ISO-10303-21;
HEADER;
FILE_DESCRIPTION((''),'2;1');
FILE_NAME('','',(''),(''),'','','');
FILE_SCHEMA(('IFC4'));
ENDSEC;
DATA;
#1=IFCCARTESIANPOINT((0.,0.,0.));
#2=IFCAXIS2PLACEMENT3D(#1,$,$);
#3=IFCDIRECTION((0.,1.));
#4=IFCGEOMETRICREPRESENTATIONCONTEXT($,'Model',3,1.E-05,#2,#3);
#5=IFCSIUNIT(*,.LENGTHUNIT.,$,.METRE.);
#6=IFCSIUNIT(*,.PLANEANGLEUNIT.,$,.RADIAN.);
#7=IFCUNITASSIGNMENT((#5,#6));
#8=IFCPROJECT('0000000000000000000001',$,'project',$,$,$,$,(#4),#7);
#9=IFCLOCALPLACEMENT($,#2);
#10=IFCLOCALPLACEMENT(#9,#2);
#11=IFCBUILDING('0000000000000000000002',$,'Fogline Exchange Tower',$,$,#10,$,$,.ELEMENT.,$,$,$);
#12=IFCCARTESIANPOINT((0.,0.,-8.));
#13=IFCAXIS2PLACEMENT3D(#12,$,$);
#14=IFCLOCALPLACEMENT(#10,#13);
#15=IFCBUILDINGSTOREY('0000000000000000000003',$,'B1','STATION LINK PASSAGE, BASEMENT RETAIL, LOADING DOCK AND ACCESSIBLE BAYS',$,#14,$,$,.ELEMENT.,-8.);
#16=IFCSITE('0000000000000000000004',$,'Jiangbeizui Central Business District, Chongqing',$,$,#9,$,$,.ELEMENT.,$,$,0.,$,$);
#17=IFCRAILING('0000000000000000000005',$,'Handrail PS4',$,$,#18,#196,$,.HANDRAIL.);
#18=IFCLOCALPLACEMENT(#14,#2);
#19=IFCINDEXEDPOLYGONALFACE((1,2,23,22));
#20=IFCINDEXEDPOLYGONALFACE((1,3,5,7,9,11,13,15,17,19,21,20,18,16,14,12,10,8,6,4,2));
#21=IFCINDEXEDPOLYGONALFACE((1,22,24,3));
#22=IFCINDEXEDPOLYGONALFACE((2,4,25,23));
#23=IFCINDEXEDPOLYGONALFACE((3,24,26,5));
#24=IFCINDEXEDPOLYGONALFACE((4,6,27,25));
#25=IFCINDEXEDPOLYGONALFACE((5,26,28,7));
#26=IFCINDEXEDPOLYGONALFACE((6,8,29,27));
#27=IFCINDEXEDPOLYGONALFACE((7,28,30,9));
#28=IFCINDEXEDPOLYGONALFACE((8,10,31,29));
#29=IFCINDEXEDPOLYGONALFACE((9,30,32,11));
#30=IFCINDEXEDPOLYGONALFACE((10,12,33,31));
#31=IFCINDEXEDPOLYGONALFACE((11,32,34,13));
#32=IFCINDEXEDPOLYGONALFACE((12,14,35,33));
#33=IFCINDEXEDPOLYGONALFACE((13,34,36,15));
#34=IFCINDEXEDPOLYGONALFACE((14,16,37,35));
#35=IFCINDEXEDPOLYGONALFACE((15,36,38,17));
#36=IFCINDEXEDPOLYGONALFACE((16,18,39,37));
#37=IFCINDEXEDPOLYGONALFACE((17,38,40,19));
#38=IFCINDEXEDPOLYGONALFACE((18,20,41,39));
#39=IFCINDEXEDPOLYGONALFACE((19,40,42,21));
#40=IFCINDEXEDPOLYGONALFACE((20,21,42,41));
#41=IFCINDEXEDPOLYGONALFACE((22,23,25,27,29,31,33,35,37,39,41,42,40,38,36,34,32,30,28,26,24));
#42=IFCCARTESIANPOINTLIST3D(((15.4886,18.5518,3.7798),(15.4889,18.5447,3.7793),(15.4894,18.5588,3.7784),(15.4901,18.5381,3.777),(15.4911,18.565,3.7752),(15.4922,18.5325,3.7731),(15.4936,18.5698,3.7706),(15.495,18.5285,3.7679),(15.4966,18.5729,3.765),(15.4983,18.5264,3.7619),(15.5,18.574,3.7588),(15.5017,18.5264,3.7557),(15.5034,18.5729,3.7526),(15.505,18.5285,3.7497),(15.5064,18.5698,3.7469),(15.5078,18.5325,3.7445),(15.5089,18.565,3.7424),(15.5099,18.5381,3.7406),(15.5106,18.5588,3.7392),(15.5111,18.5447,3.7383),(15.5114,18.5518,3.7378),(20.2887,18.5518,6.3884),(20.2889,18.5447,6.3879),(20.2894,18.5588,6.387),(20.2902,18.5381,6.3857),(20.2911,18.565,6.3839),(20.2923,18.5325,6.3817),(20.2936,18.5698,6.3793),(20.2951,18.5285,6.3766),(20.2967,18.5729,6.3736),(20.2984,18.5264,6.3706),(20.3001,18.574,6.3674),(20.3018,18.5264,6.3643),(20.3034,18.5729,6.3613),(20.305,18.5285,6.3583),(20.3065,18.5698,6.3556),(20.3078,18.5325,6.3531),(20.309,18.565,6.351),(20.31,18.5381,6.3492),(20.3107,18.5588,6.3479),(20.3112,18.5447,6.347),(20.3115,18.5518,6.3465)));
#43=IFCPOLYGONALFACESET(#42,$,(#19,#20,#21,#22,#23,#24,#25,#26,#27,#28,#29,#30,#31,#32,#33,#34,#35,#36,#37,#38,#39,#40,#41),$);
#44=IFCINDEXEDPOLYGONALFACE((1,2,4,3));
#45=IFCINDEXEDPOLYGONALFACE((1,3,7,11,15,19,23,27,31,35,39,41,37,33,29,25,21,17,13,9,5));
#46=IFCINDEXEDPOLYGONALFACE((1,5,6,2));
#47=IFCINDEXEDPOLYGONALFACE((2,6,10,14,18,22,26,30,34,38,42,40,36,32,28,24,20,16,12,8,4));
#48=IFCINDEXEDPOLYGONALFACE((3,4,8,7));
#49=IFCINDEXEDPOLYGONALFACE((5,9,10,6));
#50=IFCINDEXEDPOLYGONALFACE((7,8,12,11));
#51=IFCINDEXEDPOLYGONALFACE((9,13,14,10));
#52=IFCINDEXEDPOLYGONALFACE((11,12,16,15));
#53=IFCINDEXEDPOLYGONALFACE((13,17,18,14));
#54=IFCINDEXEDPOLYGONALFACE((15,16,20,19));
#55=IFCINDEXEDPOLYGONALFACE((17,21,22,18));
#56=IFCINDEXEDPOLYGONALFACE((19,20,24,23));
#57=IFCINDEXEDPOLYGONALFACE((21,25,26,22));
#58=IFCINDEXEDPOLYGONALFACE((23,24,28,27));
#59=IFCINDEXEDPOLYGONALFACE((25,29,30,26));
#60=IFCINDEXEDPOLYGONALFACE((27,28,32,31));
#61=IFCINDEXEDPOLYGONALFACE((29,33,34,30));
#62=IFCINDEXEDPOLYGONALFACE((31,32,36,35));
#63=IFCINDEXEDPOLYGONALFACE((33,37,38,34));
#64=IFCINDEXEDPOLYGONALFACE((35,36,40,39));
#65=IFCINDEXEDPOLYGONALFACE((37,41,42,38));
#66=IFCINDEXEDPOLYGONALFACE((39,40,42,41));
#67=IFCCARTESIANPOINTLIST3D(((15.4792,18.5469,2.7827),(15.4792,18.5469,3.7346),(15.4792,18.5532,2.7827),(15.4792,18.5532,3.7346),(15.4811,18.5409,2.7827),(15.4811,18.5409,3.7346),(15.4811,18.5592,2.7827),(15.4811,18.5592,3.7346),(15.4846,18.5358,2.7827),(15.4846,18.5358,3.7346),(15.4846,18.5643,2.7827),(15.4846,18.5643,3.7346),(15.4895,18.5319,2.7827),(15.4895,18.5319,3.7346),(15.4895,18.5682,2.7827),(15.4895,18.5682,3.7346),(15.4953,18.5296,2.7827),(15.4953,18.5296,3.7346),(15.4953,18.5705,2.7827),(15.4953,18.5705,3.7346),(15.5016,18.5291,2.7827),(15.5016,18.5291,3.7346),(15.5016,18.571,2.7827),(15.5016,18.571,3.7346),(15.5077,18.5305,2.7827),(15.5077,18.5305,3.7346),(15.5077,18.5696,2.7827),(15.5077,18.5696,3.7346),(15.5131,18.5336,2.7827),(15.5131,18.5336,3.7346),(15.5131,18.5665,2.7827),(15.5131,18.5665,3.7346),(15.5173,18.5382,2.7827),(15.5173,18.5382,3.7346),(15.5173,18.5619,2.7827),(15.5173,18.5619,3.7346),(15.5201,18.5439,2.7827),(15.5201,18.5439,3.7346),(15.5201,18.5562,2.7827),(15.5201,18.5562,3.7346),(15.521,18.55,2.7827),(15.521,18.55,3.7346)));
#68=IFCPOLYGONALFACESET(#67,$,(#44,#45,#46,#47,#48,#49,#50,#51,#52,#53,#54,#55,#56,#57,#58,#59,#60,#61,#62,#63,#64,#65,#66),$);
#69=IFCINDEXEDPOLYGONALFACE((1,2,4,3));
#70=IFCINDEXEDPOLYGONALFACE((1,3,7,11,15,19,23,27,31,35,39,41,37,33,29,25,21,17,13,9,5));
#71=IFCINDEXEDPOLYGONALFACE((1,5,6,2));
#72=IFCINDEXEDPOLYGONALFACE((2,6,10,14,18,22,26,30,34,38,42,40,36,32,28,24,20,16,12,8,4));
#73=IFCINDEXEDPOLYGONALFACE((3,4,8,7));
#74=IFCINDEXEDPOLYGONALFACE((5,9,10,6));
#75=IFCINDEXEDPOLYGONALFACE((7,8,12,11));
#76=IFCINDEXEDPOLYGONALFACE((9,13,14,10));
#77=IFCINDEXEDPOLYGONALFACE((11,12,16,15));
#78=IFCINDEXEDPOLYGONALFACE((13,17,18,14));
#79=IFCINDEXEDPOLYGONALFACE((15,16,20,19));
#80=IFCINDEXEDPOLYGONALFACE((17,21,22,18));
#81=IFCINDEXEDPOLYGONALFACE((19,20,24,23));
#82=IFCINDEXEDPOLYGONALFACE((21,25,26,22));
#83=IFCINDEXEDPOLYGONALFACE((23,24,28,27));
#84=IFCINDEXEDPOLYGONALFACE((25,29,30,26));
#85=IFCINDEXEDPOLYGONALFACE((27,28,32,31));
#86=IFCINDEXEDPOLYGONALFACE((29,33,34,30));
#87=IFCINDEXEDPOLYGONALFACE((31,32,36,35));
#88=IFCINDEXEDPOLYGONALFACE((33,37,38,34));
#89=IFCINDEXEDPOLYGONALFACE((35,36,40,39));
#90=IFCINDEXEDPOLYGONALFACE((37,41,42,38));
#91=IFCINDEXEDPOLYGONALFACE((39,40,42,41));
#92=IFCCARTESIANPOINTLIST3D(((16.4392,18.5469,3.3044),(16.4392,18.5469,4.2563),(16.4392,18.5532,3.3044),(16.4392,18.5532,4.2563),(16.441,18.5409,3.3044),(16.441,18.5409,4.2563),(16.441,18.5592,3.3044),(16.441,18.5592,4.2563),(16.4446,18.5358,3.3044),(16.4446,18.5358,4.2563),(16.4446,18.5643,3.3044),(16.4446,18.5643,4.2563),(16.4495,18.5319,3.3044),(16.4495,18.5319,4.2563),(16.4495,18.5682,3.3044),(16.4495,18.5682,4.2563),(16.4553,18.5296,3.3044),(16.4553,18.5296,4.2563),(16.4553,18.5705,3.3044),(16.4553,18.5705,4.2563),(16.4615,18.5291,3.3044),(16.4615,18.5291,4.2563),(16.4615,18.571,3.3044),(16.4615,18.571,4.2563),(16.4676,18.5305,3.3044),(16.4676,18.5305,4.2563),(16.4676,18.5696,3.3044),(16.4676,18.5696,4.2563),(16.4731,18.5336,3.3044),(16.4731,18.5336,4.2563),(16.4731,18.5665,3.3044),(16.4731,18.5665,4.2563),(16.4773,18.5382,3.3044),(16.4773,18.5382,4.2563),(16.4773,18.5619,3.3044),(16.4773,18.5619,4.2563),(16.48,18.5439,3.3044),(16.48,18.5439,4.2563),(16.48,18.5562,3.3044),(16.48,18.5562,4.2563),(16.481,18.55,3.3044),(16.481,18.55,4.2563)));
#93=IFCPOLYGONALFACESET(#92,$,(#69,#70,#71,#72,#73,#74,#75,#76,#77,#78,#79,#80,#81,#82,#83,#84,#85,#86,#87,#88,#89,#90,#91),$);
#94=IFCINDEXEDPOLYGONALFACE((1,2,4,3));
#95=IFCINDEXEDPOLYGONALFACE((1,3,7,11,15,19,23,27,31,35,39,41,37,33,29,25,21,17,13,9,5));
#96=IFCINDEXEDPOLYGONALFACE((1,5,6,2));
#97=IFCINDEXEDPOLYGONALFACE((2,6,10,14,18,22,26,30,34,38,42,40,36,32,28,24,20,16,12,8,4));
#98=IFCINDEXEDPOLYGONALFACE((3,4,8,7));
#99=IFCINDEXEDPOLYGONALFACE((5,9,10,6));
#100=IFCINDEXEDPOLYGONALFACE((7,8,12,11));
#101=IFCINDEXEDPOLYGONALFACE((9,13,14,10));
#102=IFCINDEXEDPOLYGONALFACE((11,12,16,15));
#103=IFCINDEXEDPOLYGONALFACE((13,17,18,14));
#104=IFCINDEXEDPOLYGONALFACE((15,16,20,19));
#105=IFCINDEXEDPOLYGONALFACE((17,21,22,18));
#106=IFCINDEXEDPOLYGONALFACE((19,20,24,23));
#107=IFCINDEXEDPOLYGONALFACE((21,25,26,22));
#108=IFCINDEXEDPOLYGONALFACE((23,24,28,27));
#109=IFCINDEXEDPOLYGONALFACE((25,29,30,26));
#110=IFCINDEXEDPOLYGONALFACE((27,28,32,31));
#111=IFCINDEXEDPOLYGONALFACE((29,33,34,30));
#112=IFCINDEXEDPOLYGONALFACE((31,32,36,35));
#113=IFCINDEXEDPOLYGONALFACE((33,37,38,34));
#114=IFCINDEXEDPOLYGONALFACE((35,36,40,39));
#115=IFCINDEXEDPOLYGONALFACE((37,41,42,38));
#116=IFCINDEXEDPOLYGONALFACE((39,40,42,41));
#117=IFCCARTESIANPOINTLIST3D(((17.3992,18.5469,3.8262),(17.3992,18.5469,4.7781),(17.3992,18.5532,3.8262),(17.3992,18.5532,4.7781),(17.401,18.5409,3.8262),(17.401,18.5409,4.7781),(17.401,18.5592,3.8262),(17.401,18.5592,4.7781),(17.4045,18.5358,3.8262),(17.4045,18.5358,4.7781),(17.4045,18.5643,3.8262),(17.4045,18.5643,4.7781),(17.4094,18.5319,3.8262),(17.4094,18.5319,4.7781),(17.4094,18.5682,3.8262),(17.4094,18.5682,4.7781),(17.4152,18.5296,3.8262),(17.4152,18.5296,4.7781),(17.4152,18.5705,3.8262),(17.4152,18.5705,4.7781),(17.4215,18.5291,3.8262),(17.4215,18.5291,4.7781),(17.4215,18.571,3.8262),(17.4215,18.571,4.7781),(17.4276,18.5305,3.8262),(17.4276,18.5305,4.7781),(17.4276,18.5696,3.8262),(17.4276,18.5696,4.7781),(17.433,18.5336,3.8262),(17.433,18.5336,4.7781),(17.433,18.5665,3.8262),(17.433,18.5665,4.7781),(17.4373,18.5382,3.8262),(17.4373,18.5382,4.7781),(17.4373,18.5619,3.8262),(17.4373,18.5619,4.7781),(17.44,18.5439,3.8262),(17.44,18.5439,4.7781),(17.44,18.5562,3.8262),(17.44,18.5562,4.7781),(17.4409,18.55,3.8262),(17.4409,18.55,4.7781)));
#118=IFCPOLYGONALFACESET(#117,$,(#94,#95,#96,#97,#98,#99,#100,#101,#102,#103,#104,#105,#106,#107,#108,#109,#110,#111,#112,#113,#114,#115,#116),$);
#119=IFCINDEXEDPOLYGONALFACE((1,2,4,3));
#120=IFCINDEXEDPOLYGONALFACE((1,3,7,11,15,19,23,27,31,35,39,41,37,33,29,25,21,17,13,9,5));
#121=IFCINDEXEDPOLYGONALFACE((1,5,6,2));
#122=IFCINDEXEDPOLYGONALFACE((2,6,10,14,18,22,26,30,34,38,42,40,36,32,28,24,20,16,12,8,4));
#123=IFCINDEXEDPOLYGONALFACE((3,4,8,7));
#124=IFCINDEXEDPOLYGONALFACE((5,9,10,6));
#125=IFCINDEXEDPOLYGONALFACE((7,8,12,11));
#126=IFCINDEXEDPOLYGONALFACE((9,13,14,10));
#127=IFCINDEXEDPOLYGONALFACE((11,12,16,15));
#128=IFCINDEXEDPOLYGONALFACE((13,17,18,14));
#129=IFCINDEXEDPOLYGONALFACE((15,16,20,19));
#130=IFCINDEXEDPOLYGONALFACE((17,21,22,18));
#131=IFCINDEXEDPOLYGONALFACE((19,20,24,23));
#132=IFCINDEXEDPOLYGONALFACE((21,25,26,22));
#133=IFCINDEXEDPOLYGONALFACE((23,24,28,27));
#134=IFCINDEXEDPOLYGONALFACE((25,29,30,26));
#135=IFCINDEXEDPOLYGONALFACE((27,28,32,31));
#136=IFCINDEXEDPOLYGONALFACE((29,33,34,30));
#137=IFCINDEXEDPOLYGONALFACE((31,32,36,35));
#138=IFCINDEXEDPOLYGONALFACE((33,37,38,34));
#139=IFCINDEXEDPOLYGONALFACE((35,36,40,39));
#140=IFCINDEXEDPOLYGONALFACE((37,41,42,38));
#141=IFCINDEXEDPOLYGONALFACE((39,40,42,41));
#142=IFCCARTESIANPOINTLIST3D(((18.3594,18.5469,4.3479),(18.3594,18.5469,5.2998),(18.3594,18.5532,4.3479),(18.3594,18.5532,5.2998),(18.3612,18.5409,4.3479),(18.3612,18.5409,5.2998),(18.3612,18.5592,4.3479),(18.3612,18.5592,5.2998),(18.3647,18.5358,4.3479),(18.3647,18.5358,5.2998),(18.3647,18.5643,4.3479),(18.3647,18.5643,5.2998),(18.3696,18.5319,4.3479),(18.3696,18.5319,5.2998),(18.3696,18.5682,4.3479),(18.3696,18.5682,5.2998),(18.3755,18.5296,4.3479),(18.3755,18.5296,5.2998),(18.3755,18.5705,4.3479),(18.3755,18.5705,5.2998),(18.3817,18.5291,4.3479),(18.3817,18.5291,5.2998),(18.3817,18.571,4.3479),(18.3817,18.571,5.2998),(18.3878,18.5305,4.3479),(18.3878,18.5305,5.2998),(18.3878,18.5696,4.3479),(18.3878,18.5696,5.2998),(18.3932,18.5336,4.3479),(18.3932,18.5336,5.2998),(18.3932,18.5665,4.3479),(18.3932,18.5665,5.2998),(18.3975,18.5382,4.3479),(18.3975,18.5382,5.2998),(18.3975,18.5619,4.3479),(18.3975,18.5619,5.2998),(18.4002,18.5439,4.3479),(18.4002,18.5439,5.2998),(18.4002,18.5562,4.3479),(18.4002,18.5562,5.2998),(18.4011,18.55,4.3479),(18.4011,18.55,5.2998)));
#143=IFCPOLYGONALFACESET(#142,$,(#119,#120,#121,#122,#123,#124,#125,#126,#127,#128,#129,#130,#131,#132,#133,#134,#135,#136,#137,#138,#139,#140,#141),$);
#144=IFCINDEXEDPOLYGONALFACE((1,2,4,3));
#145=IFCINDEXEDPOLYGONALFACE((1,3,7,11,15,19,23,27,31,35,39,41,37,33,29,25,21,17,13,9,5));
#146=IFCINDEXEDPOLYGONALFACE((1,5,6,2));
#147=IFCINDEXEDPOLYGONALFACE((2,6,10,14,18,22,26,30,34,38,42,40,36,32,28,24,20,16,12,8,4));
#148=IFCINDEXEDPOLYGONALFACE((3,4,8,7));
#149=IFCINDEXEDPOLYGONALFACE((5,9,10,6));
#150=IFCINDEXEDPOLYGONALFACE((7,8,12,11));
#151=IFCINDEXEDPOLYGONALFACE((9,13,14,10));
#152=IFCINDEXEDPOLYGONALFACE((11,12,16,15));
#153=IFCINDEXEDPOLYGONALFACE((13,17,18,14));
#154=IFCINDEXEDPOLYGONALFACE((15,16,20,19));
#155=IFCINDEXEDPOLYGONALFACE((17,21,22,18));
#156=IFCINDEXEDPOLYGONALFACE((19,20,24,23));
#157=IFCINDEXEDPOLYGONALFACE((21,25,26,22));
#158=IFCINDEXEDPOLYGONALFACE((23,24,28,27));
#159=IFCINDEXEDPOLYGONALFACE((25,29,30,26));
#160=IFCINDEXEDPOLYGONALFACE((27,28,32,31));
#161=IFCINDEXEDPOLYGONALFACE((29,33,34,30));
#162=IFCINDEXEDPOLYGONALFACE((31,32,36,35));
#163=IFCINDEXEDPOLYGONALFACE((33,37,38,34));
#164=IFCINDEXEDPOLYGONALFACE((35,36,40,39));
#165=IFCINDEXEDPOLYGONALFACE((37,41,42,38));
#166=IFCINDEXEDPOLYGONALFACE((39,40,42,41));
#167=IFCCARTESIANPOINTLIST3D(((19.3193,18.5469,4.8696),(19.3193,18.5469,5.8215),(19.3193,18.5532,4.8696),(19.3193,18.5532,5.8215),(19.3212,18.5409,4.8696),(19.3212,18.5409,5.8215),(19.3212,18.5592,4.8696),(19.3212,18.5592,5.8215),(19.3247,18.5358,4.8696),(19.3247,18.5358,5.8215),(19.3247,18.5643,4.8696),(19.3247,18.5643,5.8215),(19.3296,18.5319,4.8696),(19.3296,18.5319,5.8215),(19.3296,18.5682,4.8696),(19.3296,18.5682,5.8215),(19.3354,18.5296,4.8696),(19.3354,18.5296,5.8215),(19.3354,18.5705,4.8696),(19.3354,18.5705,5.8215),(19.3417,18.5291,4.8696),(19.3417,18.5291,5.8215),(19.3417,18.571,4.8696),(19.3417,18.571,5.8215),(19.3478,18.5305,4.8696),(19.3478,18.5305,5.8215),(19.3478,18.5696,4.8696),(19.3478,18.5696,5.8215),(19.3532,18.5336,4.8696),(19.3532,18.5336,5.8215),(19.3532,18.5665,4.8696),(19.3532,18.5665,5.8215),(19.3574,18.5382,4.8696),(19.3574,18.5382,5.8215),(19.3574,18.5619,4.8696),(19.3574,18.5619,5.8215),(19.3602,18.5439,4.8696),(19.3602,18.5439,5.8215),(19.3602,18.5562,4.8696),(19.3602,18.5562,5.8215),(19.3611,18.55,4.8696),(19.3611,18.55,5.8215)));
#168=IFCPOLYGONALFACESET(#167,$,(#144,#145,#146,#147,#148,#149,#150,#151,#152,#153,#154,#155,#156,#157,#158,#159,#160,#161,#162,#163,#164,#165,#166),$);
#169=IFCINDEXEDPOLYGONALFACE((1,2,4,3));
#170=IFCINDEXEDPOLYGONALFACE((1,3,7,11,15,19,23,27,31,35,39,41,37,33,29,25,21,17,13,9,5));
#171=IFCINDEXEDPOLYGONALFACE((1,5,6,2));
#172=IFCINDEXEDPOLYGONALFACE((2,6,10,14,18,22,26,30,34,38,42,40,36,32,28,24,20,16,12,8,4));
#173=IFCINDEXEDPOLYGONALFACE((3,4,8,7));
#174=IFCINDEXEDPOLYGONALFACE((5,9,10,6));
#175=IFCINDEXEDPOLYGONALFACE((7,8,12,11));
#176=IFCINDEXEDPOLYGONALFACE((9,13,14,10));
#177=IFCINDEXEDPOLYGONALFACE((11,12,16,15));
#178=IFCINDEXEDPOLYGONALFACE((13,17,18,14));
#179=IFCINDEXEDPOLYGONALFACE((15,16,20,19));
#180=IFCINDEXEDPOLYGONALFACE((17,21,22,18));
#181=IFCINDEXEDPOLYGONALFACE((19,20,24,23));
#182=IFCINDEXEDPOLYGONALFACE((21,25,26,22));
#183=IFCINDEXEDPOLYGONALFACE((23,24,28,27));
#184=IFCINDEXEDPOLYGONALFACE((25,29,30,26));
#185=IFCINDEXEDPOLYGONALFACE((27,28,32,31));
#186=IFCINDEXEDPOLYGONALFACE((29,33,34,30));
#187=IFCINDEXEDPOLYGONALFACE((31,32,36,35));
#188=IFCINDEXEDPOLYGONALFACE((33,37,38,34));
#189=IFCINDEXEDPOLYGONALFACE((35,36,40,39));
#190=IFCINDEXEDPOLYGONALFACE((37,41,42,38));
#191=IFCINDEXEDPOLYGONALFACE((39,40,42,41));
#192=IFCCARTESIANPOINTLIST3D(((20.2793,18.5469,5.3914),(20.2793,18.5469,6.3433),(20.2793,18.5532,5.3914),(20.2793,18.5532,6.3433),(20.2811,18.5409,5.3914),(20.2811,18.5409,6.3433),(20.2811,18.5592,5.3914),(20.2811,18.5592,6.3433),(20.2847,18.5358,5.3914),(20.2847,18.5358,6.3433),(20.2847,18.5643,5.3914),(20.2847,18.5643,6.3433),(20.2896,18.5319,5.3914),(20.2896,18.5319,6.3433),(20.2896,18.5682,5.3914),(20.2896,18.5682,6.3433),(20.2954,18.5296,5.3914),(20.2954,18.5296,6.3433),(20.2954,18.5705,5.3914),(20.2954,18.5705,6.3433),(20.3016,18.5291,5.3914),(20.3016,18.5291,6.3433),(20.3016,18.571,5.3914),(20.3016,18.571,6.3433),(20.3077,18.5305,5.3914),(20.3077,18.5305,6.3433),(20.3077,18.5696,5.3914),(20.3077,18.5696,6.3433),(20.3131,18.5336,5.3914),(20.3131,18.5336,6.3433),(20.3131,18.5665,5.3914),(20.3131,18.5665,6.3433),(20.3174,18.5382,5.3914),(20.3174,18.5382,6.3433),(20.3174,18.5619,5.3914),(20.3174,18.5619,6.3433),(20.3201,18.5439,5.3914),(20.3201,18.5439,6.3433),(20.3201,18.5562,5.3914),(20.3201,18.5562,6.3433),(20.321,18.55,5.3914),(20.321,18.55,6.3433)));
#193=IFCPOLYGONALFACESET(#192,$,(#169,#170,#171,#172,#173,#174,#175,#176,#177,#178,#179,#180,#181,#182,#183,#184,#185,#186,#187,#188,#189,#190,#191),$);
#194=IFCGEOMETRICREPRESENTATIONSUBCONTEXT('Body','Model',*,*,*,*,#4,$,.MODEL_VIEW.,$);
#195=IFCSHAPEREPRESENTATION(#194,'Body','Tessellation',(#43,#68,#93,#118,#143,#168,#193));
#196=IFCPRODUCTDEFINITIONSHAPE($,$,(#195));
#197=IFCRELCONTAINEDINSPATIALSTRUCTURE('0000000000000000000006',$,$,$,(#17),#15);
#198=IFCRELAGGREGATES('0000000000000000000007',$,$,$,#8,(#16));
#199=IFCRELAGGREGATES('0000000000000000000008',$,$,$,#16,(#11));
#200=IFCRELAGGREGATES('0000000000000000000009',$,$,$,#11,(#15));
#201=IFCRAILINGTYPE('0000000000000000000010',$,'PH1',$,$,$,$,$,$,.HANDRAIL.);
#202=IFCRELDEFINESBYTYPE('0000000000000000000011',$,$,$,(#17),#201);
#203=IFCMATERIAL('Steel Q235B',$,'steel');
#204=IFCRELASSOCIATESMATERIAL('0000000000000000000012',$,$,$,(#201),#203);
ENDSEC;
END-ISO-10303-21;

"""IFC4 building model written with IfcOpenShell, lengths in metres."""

from ifc_helpers import new_model, si_unit, direction, frame, origin, origin_2d, place, context, subcontext, project, spatial, circle, extrude, material, type_object, element, save


model = new_model("IFC4")

# Units and contexts
model_context = context("Model", 3, precision=1e-05, world=origin(), true_north=direction((0.0, 1.0)))
body_context = subcontext(model_context, "Body", "Model", "MODEL_VIEW")
ifc_project = project(units=[si_unit("LENGTHUNIT", "METRE"), si_unit("PLANEANGLEUNIT", "RADIAN")], contexts=[model_context])

# Site, building, storey
site_placement = place(None, origin())
site = spatial("IfcSite", under=ifc_project, at=site_placement, Name="Jiangbeizui Central Business District, Chongqing", CompositionType="ELEMENT", RefElevation=0.0)
building_placement = place(site_placement, origin())
building = spatial("IfcBuilding", under=site, at=building_placement, Name="Fogline Exchange Tower", CompositionType="ELEMENT")
storey_placement = place(building_placement, frame((0.0, 0.0, -8.0)))
storey = spatial("IfcBuildingStorey", under=building, at=storey_placement, Name="B1", Description="STATION LINK PASSAGE, BASEMENT RETAIL, LOADING DOCK AND ACCESSIBLE BAYS", CompositionType="ELEMENT", Elevation=-8.0)

# Railing
ifc_material_1 = material(Name="Steel Q235B", Category="steel")
railing_type_1 = type_object("IfcRailingType", Name="PH1", PredefinedType="HANDRAIL", material=ifc_material_1)
for number, where, name in (
    (1, (15.5, 18.55, 2.7827), "Handrail PS4"),
):
    element("IfcRailing", number, at=place(storey_placement, frame(where)), inside=storey, type_object=railing_type_1, Name=name, PredefinedType="HANDRAIL", context=body_context, shape_type="SweptSolid", body=[
        extrude(circle(Radius=0.0239, at=origin_2d()), frame((0.0, 0.0, 0.9761), z_axis=(0.878631, 0.0, 0.477502), x_axis=(0.0, 1.0, 0.0)), (0.0, 0.0, 1.0), 5.4631),
        extrude(circle(Radius=0.021, at=origin_2d()), origin(), (0.0, 0.0, 1.0), 0.9519),
        extrude(circle(Radius=0.021, at=origin_2d()), frame((0.96, 0.0, 0.5217)), (0.0, 0.0, 1.0), 0.9519),
        extrude(circle(Radius=0.021, at=origin_2d()), frame((1.9199, 0.0, 1.0435)), (0.0, 0.0, 1.0), 0.9519),
        extrude(circle(Radius=0.021, at=origin_2d()), frame((2.8801, 0.0, 1.5652)), (0.0, 0.0, 1.0), 0.9519),
        extrude(circle(Radius=0.021, at=origin_2d()), frame((3.8401, 0.0, 2.0869)), (0.0, 0.0, 1.0), 0.9519),
        extrude(circle(Radius=0.021, at=origin_2d()), frame((4.8, 0.0, 2.6086)), (0.0, 0.0, 1.0), 0.9519),
    ])

save(model, "model.ifc")
